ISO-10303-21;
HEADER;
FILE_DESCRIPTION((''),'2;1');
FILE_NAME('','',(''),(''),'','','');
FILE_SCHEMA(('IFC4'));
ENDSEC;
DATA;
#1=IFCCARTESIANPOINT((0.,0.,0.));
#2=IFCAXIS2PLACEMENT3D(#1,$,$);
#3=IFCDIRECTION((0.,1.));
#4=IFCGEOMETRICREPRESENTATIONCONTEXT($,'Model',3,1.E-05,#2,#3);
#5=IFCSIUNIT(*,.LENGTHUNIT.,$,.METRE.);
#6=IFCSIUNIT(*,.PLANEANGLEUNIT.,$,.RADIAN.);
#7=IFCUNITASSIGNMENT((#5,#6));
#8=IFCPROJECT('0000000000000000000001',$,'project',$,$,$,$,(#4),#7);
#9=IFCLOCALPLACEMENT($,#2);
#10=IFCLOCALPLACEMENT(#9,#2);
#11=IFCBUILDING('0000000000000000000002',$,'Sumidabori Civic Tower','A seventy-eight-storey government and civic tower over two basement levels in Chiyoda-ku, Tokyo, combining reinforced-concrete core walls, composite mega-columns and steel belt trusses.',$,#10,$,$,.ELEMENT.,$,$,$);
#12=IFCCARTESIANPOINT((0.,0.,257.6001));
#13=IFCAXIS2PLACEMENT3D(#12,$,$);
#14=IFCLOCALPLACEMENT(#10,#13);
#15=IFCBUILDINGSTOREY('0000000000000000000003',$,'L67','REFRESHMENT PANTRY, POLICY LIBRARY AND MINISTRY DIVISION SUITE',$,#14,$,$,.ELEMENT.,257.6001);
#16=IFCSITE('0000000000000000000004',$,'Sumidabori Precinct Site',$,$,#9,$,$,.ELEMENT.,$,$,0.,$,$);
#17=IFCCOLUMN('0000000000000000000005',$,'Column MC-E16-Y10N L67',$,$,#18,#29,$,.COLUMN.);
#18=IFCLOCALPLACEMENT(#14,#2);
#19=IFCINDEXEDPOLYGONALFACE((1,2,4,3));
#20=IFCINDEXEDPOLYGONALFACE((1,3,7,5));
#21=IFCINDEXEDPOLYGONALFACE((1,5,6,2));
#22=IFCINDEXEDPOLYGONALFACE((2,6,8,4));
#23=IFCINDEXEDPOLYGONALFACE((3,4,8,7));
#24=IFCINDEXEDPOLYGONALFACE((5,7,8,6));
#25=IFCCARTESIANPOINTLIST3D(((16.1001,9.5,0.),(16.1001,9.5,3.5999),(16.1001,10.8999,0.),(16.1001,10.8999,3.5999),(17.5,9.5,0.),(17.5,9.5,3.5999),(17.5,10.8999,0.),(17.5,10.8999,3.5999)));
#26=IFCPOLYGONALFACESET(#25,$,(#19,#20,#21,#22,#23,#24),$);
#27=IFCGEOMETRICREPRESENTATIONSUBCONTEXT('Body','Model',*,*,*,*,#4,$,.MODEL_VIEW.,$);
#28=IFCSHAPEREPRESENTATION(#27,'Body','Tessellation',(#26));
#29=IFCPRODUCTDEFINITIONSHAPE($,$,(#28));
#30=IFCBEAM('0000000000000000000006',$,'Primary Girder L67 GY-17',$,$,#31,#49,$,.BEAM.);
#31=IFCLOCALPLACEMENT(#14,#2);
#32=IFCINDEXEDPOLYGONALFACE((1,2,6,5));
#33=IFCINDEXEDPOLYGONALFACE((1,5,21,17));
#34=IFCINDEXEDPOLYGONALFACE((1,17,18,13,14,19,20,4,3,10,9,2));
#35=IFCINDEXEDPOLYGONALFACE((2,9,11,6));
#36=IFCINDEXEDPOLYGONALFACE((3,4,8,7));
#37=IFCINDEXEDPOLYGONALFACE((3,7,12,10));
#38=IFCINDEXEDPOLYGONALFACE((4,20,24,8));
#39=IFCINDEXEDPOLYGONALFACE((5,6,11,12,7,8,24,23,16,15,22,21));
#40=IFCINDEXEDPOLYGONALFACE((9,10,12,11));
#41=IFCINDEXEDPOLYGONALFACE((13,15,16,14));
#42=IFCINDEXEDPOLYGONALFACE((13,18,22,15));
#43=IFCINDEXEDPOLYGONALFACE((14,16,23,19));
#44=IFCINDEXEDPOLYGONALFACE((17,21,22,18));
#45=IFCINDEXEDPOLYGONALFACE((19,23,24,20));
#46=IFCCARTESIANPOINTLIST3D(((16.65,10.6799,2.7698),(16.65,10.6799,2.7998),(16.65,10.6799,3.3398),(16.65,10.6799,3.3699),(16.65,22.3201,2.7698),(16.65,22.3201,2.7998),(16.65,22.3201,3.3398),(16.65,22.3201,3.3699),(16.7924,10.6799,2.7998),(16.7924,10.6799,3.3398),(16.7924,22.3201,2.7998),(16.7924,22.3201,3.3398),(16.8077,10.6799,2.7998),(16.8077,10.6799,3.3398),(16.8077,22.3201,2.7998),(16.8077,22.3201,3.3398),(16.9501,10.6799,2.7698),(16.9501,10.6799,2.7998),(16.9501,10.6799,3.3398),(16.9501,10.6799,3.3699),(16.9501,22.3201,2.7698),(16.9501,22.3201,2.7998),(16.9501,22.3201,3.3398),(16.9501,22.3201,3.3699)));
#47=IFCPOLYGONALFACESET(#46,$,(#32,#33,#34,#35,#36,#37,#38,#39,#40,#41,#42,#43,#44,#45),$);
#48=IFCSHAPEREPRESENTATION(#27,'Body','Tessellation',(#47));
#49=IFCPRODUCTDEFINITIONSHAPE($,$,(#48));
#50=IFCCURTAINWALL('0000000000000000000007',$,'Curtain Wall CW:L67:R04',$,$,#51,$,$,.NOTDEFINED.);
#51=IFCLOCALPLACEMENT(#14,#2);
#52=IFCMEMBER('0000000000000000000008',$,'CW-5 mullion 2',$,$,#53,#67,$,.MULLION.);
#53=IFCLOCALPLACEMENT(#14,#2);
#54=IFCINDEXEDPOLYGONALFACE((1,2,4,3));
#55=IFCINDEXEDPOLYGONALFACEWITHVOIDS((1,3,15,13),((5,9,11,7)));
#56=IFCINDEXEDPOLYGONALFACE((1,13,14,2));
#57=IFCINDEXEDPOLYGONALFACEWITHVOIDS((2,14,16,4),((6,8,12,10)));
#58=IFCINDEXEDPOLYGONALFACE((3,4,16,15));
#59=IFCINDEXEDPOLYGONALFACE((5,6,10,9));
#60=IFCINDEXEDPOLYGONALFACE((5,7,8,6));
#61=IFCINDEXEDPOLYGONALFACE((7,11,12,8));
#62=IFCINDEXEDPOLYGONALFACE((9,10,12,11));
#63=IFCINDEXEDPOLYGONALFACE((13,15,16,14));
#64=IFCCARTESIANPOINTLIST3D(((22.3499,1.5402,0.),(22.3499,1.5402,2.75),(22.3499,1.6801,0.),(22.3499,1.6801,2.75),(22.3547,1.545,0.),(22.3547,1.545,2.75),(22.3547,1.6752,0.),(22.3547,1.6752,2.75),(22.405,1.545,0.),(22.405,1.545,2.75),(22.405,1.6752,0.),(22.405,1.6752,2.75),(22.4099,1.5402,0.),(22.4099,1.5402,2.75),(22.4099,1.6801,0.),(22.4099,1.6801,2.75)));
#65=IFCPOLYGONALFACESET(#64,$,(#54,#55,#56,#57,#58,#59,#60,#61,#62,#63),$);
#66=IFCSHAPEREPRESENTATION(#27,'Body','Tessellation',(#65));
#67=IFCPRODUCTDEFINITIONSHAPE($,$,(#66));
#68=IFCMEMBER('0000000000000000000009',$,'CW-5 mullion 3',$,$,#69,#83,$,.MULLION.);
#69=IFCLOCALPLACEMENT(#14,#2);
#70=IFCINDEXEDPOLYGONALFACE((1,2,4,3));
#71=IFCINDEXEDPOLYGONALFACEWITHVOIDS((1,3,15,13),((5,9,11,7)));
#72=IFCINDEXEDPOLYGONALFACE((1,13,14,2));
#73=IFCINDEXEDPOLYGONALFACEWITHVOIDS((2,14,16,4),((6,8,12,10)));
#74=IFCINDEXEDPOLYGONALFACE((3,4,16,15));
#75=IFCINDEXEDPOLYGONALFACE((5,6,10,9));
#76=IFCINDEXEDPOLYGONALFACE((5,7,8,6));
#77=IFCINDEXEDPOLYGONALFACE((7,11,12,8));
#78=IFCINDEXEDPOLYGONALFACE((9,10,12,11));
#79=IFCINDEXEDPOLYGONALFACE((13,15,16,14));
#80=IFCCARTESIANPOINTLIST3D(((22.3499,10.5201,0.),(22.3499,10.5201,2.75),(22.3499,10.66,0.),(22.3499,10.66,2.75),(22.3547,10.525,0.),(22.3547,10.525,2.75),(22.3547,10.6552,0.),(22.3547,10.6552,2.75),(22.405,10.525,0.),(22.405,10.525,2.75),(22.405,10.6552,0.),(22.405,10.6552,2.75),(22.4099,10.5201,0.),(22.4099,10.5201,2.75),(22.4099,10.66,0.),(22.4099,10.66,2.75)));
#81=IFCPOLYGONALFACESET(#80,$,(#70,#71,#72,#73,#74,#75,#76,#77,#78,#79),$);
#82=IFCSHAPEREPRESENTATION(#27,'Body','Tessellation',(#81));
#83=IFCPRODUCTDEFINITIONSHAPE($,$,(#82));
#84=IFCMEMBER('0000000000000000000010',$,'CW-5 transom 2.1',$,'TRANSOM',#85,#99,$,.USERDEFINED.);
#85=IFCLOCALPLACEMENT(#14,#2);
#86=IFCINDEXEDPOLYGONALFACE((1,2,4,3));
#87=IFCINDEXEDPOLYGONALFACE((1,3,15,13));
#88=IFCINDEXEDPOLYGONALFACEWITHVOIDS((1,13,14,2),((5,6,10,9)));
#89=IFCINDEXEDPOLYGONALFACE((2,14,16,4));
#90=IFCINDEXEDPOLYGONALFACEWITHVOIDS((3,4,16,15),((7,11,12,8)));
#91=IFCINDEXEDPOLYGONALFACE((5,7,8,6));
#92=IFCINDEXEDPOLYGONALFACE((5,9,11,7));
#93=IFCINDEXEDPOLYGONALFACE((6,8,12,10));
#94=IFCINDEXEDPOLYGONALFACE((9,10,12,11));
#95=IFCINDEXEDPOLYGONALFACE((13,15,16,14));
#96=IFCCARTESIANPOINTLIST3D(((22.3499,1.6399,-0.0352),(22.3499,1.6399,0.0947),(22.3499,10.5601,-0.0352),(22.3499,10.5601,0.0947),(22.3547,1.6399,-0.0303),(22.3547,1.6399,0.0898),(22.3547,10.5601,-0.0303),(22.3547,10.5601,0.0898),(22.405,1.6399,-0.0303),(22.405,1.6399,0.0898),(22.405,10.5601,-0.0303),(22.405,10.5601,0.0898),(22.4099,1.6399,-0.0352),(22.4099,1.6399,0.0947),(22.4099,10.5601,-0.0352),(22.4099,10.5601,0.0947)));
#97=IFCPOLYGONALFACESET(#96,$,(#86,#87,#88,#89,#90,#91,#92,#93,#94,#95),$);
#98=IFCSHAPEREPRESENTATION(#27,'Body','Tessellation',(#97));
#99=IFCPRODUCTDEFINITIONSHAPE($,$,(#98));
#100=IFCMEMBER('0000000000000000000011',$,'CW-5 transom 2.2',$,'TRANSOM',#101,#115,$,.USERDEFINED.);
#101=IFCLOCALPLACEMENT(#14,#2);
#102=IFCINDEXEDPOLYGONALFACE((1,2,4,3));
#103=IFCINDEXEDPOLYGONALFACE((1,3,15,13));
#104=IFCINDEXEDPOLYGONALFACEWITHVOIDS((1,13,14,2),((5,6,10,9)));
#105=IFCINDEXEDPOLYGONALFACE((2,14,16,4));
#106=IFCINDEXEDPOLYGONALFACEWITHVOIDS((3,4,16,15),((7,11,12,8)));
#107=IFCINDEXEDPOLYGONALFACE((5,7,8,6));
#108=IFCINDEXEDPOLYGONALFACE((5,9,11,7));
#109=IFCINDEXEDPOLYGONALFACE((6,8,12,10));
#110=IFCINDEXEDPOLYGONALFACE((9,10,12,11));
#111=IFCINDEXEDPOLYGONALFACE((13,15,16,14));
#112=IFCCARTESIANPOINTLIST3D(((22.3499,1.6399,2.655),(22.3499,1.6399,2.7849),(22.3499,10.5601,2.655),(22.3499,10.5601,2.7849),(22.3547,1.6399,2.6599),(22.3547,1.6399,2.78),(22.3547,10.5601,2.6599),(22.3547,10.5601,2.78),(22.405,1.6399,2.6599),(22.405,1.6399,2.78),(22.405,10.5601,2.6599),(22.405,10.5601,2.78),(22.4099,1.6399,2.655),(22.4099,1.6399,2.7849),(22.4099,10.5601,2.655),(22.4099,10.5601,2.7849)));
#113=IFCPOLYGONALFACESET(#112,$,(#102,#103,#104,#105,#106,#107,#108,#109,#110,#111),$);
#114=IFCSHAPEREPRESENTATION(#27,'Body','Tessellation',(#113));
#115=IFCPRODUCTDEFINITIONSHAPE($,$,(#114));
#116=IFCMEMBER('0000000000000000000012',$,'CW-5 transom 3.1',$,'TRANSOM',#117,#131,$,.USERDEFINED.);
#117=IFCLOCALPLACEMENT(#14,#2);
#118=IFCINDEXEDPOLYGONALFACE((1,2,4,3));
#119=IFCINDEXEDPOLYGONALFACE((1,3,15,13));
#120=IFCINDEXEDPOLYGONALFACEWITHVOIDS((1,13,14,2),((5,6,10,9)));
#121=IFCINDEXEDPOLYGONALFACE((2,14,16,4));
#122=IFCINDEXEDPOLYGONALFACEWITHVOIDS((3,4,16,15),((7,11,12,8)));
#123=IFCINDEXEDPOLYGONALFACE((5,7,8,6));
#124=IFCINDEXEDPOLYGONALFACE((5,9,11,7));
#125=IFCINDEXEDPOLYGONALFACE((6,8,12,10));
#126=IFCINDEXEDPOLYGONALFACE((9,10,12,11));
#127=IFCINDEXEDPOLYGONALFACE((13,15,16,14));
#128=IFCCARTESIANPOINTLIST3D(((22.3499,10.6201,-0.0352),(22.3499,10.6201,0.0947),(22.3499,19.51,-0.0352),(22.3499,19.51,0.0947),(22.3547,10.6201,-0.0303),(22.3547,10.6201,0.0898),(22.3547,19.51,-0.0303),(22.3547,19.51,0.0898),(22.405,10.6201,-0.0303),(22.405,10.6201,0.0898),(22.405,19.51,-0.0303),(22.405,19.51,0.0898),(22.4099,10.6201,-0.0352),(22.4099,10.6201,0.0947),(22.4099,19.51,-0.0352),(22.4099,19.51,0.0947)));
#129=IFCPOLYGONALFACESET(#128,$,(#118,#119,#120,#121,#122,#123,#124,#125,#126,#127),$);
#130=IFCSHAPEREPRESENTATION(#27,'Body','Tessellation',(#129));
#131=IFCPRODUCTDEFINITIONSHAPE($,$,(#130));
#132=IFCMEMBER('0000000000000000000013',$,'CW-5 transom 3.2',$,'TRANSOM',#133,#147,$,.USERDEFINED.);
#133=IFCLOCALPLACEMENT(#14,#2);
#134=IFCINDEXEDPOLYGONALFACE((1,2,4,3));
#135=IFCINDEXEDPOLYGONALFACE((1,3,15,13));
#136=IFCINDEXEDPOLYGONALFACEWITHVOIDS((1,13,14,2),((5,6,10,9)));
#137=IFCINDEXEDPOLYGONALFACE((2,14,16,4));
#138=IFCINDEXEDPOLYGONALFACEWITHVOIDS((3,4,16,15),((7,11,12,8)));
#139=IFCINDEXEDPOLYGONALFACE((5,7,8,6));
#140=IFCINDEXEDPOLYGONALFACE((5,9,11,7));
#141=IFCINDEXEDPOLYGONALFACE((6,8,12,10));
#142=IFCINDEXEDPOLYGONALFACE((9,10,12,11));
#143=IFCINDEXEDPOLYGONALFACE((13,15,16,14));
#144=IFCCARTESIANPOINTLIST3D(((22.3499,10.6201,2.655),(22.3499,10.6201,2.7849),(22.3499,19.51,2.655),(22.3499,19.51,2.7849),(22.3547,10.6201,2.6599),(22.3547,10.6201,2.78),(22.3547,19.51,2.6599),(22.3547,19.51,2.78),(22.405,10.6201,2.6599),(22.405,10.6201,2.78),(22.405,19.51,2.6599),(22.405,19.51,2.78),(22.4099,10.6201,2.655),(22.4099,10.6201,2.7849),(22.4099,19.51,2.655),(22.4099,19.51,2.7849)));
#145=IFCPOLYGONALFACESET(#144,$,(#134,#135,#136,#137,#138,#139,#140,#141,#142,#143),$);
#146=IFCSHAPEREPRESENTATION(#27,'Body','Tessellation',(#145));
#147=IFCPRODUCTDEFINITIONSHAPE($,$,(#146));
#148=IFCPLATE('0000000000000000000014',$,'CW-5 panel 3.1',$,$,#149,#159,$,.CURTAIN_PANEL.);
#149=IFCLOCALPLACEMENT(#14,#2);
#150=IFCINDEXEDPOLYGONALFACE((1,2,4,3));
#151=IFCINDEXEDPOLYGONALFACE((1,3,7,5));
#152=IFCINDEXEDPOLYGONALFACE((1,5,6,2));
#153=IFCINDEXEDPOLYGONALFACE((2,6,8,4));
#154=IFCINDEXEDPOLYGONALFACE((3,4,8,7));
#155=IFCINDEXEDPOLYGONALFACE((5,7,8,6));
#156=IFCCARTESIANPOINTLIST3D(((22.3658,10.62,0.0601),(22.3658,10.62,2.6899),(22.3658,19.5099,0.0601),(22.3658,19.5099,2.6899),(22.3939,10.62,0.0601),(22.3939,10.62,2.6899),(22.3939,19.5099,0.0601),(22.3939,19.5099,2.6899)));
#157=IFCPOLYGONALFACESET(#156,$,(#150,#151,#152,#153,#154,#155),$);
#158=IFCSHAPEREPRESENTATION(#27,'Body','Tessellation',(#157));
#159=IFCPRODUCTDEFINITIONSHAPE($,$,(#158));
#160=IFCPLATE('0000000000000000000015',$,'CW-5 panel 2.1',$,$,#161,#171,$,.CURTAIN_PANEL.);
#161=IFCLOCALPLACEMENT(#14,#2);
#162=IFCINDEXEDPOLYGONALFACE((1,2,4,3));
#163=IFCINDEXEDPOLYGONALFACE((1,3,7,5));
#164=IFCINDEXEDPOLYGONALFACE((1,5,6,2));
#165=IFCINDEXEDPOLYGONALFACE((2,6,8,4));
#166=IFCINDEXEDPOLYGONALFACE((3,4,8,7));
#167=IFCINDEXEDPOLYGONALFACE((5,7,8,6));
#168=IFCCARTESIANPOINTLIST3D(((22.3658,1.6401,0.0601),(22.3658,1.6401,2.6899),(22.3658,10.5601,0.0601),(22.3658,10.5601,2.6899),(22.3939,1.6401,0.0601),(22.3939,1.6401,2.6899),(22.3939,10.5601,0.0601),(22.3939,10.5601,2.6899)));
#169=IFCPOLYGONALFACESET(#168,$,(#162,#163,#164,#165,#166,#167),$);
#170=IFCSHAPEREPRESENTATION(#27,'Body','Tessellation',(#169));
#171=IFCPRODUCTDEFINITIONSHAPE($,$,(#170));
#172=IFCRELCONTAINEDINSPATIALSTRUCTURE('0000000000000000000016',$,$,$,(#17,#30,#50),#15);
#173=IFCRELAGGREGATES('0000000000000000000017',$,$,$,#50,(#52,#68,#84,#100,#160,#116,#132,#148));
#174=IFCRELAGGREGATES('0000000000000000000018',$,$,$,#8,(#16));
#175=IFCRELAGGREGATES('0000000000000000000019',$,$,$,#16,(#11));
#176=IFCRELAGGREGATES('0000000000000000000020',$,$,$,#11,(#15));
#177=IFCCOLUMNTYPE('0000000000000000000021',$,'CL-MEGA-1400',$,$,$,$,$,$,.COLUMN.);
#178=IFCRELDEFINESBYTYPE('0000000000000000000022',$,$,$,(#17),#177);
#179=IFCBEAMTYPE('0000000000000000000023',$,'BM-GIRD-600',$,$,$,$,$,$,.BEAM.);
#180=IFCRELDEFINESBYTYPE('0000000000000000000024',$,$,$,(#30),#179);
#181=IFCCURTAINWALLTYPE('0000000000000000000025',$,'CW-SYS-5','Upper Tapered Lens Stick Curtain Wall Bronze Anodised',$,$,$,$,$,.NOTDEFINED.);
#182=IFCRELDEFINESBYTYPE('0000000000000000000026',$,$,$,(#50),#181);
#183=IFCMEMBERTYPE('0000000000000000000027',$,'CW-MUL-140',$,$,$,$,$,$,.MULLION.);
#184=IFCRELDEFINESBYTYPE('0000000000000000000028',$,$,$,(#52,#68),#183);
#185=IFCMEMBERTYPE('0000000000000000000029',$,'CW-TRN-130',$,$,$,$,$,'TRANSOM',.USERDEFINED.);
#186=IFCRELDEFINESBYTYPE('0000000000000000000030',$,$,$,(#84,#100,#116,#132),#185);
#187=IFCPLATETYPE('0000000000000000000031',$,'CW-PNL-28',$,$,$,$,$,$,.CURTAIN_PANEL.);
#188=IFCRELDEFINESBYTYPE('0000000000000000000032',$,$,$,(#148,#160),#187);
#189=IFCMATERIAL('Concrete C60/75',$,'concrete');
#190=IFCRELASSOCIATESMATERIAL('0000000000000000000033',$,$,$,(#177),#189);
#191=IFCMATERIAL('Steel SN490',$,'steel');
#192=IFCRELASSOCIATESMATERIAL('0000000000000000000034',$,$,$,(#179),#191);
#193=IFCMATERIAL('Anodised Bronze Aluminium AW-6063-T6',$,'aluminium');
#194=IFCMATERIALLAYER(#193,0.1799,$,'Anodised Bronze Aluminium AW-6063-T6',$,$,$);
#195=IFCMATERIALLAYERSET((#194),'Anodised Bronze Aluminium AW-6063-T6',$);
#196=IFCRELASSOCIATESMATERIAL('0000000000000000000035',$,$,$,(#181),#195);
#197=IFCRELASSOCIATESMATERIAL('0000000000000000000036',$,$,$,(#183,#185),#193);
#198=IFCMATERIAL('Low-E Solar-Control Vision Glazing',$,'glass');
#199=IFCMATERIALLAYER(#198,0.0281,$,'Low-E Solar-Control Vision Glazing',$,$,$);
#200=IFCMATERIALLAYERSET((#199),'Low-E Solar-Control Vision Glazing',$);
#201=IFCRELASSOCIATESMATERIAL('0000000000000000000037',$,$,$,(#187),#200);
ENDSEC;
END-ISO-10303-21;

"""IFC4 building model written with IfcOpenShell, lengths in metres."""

from ifc_helpers import new_model, si_unit, direction, frame, origin, origin_2d, place, context, subcontext, project, spatial, rectangle, hollow_rectangle, i_section, extrude, source, transform, mapped, material, layer, layer_set, material_profile, profile_set, type_object, element, aggregate, save


model = new_model("IFC4")

# Units and contexts
model_context = context("Model", 3, precision=1e-05, world=origin(), true_north=direction((0.0, 1.0)))
body_context = subcontext(model_context, "Body", "Model", "MODEL_VIEW")
ifc_project = project(units=[si_unit("LENGTHUNIT", "METRE"), si_unit("PLANEANGLEUNIT", "RADIAN")], contexts=[model_context])

# Site, building, storey
site_placement = place(None, origin())
site = spatial("IfcSite", under=ifc_project, at=site_placement, Name="Sumidabori Precinct Site", CompositionType="ELEMENT", RefElevation=0.0)
building_placement = place(site_placement, origin())
building = spatial("IfcBuilding", under=site, at=building_placement, Name="Sumidabori Civic Tower", Description="A seventy-eight-storey government and civic tower over two basement levels in Chiyoda-ku, Tokyo, combining reinforced-concrete core walls, composite mega-columns and steel belt trusses.", CompositionType="ELEMENT")
storey_placement = place(building_placement, frame((0.0, 0.0, 257.6001)))
storey = spatial("IfcBuildingStorey", under=building, at=storey_placement, Name="L67", Description="REFRESHMENT PANTRY, POLICY LIBRARY AND MINISTRY DIVISION SUITE", CompositionType="ELEMENT", Elevation=257.6001)

# Column
ifc_material_1 = material(Name="Concrete C60/75", Category="concrete")
ifc_material_profile_1 = material_profile(ifc_material_1, rectangle(XDim=1.3999, YDim=1.3999, at=origin_2d()), Name="RC 1400x1400")
ifc_profile_set_1 = profile_set([ifc_material_profile_1], Name="Concrete C60/75")
column_type = type_object("IfcColumnType", Name="CL-MEGA-1400", PredefinedType="COLUMN", material=ifc_profile_set_1)
shared_shape_1 = source(origin(), body_context, "Body", "SweptSolid", [
    extrude(rectangle(XDim=1.3999, YDim=1.3999, at=origin_2d()), origin(), (0.0, 0.0, 1.0), 3.5999),
])
column_placement = place(storey_placement, frame((16.8, 10.2, 0.0), z_axis=(0.0, 0.0, 1.0), x_axis=(1.0, 0.0, 0.0)))
element("IfcColumn", 1, at=column_placement, inside=storey, type_object=column_type, Name="Column MC-E16-Y10N L67", PredefinedType="COLUMN", context=body_context, shape_type="MappedRepresentation", body=[
    mapped(shared_shape_1, transform((0.0, 0.0, 0.0), x_axis=(1.0, 0.0, 0.0), y_axis=(0.0, 1.0, 0.0), z_axis=(0.0, 0.0, 1.0), scale=1.0)),
])

# Beam
ifc_material_2 = material(Name="Steel SN490", Category="steel")
ifc_material_profile_2 = material_profile(ifc_material_2, i_section(OverallWidth=0.3, OverallDepth=0.6001, WebThickness=0.0154, FlangeThickness=0.03, at=origin_2d()), Name="HE 600 B")
ifc_profile_set_2 = profile_set([ifc_material_profile_2], Name="Steel SN490")
beam_type = type_object("IfcBeamType", Name="BM-GIRD-600", PredefinedType="BEAM", material=ifc_profile_set_2)
shared_shape_2 = source(origin(), body_context, "Body", "SweptSolid", [
    extrude(i_section(OverallWidth=0.3, OverallDepth=0.6001, WebThickness=0.0154, FlangeThickness=0.03, at=origin_2d()), origin(), (0.0, 0.0, 1.0), 11.6401),
])
beam_placement = place(storey_placement, frame((16.8, 10.6799, 3.0698), z_axis=(0.0, 1.0, 0.0), x_axis=(-1.0, 0.0, 0.0)))
element("IfcBeam", 2, at=beam_placement, inside=storey, type_object=beam_type, Name="Primary Girder L67 GY-17", PredefinedType="BEAM", context=body_context, shape_type="MappedRepresentation", body=[
    mapped(shared_shape_2, transform((0.0, 0.0, 0.0), x_axis=(1.0, 0.0, 0.0), y_axis=(0.0, 1.0, 0.0), z_axis=(0.0, 0.0, 1.0), scale=1.0)),
])

# Curtain wall, members, plates
ifc_material_3 = material(Name="Anodised Bronze Aluminium AW-6063-T6", Category="aluminium")
ifc_layer_1 = layer(ifc_material_3, 0.1799, Name="Anodised Bronze Aluminium AW-6063-T6")
ifc_layer_set_1 = layer_set([ifc_layer_1], Name="Anodised Bronze Aluminium AW-6063-T6")
curtain_wall_type = type_object("IfcCurtainWallType", Name="CW-SYS-5", Description="Upper Tapered Lens Stick Curtain Wall Bronze Anodised", PredefinedType="NOTDEFINED", material=ifc_layer_set_1)
curtain_wall_placement = place(storey_placement, origin())
curtain_wall = element("IfcCurtainWall", 3, at=curtain_wall_placement, inside=storey, type_object=curtain_wall_type, Name="Curtain Wall CW:L67:R04", PredefinedType="NOTDEFINED")
ifc_material_profile_3 = material_profile(ifc_material_3, hollow_rectangle(XDim=0.0601, YDim=0.1399, WallThickness=0.0049, at=origin_2d()), Name="ALU MULLION 140x60")
ifc_profile_set_3 = profile_set([ifc_material_profile_3], Name="Anodised Bronze Aluminium AW-6063-T6")
member_type_1 = type_object("IfcMemberType", Name="CW-MUL-140", PredefinedType="MULLION", material=ifc_profile_set_3)
shared_shape_3 = source(origin(), body_context, "Body", "SweptSolid", [
    extrude(hollow_rectangle(XDim=0.0601, YDim=0.1399, WallThickness=0.0049, at=origin_2d()), origin(), (0.0, 0.0, 1.0), 2.75),
])
member_1_placement = place(storey_placement, frame((22.3799, 1.6101, 0.0), z_axis=(0.0, 0.0, 1.0), x_axis=(-1.0, 0.0, 0.0)))
member_1 = element("IfcMember", 4, at=member_1_placement, type_object=member_type_1, Name="CW-5 mullion 2", PredefinedType="MULLION", context=body_context, shape_type="MappedRepresentation", body=[
    mapped(shared_shape_3, transform((0.0, 0.0, 0.0), x_axis=(1.0, 0.0, 0.0), y_axis=(0.0, 1.0, 0.0), z_axis=(0.0, 0.0, 1.0), scale=1.0)),
])
member_2_placement = place(storey_placement, frame((22.3799, 10.5901, 0.0), z_axis=(0.0, 0.0, 1.0), x_axis=(-1.0, 0.0, 0.0)))
member_2 = element("IfcMember", 5, at=member_2_placement, type_object=member_type_1, Name="CW-5 mullion 3", PredefinedType="MULLION", context=body_context, shape_type="MappedRepresentation", body=[
    mapped(shared_shape_3, transform((0.0, 0.0, 0.0), x_axis=(1.0, 0.0, 0.0), y_axis=(0.0, 1.0, 0.0), z_axis=(0.0, 0.0, 1.0), scale=1.0)),
])
ifc_material_profile_4 = material_profile(ifc_material_3, hollow_rectangle(XDim=0.0601, YDim=0.1299, WallThickness=0.0049, at=origin_2d()), Name="ALU TRANSOM 130x60")
ifc_profile_set_4 = profile_set([ifc_material_profile_4], Name="Anodised Bronze Aluminium AW-6063-T6")
member_type_2 = type_object("IfcMemberType", Name="CW-TRN-130", ElementType="TRANSOM", PredefinedType="USERDEFINED", material=ifc_profile_set_4)
shared_shape_4 = source(origin(), body_context, "Body", "SweptSolid", [
    extrude(hollow_rectangle(XDim=0.0601, YDim=0.1299, WallThickness=0.0049, at=origin_2d()), origin(), (0.0, 0.0, 1.0), 8.9202),
])
member_3_placement = place(storey_placement, frame((22.3799, 1.6399, 0.0298), z_axis=(0.0, 1.0, 0.0), x_axis=(-1.0, 0.0, 0.0)))
member_3 = element("IfcMember", 6, at=member_3_placement, type_object=member_type_2, Name="CW-5 transom 2.1", ObjectType="TRANSOM", PredefinedType="USERDEFINED", context=body_context, shape_type="MappedRepresentation", body=[
    mapped(shared_shape_4, transform((0.0, 0.0, 0.0), x_axis=(1.0, 0.0, 0.0), y_axis=(0.0, 1.0, 0.0), z_axis=(0.0, 0.0, 1.0), scale=1.0)),
])
member_4_placement = place(storey_placement, frame((22.3799, 1.6399, 2.72), z_axis=(0.0, 1.0, 0.0), x_axis=(-1.0, 0.0, 0.0)))
member_4 = element("IfcMember", 7, at=member_4_placement, type_object=member_type_2, Name="CW-5 transom 2.2", ObjectType="TRANSOM", PredefinedType="USERDEFINED", context=body_context, shape_type="MappedRepresentation", body=[
    mapped(shared_shape_4, transform((0.0, 0.0, 0.0), x_axis=(1.0, 0.0, 0.0), y_axis=(0.0, 1.0, 0.0), z_axis=(0.0, 0.0, 1.0), scale=1.0)),
])
shared_shape_5 = source(origin(), body_context, "Body", "SweptSolid", [
    extrude(hollow_rectangle(XDim=0.0601, YDim=0.1299, WallThickness=0.0049, at=origin_2d()), origin(), (0.0, 0.0, 1.0), 8.8899),
])
member_5_placement = place(storey_placement, frame((22.3799, 10.6201, 0.0298), z_axis=(0.0, 1.0, 0.0), x_axis=(-1.0, 0.0, 0.0)))
member_5 = element("IfcMember", 8, at=member_5_placement, type_object=member_type_2, Name="CW-5 transom 3.1", ObjectType="TRANSOM", PredefinedType="USERDEFINED", context=body_context, shape_type="MappedRepresentation", body=[
    mapped(shared_shape_5, transform((0.0, 0.0, 0.0), x_axis=(1.0, 0.0, 0.0), y_axis=(0.0, 1.0, 0.0), z_axis=(0.0, 0.0, 1.0), scale=1.0)),
])
member_6_placement = place(storey_placement, frame((22.3799, 10.6201, 2.72), z_axis=(0.0, 1.0, 0.0), x_axis=(-1.0, 0.0, 0.0)))
member_6 = element("IfcMember", 9, at=member_6_placement, type_object=member_type_2, Name="CW-5 transom 3.2", ObjectType="TRANSOM", PredefinedType="USERDEFINED", context=body_context, shape_type="MappedRepresentation", body=[
    mapped(shared_shape_5, transform((0.0, 0.0, 0.0), x_axis=(1.0, 0.0, 0.0), y_axis=(0.0, 1.0, 0.0), z_axis=(0.0, 0.0, 1.0), scale=1.0)),
])
ifc_material_4 = material(Name="Low-E Solar-Control Vision Glazing", Category="glass")
ifc_layer_2 = layer(ifc_material_4, 0.0281, Name="Low-E Solar-Control Vision Glazing")
ifc_layer_set_2 = layer_set([ifc_layer_2], Name="Low-E Solar-Control Vision Glazing")
plate_type = type_object("IfcPlateType", Name="CW-PNL-28", PredefinedType="CURTAIN_PANEL", material=ifc_layer_set_2)
shared_shape_6 = source(origin(), body_context, "Body", "SweptSolid", [
    extrude(rectangle(XDim=8.8899, YDim=0.0281, at=origin_2d()), origin(), (0.0, 0.0, 1.0), 2.6299),
])
plate_1_placement = place(storey_placement, frame((22.3799, 15.0649, 0.0601), z_axis=(0.0, 0.0, 1.0), x_axis=(0.0, 1.0, 0.0)))
plate_1 = element("IfcPlate", 10, at=plate_1_placement, type_object=plate_type, Name="CW-5 panel 3.1", PredefinedType="CURTAIN_PANEL", context=body_context, shape_type="MappedRepresentation", body=[
    mapped(shared_shape_6, transform((0.0, 0.0, 0.0), x_axis=(1.0, 0.0, 0.0), y_axis=(0.0, 1.0, 0.0), z_axis=(0.0, 0.0, 1.0), scale=1.0)),
])
shared_shape_7 = source(origin(), body_context, "Body", "SweptSolid", [
    extrude(rectangle(XDim=8.9199, YDim=0.0281, at=origin_2d()), origin(), (0.0, 0.0, 1.0), 2.6299),
])
plate_2_placement = place(storey_placement, frame((22.3799, 6.1001, 0.0601), z_axis=(0.0, 0.0, 1.0), x_axis=(0.0, 1.0, 0.0)))
plate_2 = element("IfcPlate", 11, at=plate_2_placement, type_object=plate_type, Name="CW-5 panel 2.1", PredefinedType="CURTAIN_PANEL", context=body_context, shape_type="MappedRepresentation", body=[
    mapped(shared_shape_7, transform((0.0, 0.0, 0.0), x_axis=(1.0, 0.0, 0.0), y_axis=(0.0, 1.0, 0.0), z_axis=(0.0, 0.0, 1.0), scale=1.0)),
])
aggregate(curtain_wall, [member_1, member_2, member_3, member_4, plate_2, member_5, member_6, plate_1])

save(model, "model.ifc")
